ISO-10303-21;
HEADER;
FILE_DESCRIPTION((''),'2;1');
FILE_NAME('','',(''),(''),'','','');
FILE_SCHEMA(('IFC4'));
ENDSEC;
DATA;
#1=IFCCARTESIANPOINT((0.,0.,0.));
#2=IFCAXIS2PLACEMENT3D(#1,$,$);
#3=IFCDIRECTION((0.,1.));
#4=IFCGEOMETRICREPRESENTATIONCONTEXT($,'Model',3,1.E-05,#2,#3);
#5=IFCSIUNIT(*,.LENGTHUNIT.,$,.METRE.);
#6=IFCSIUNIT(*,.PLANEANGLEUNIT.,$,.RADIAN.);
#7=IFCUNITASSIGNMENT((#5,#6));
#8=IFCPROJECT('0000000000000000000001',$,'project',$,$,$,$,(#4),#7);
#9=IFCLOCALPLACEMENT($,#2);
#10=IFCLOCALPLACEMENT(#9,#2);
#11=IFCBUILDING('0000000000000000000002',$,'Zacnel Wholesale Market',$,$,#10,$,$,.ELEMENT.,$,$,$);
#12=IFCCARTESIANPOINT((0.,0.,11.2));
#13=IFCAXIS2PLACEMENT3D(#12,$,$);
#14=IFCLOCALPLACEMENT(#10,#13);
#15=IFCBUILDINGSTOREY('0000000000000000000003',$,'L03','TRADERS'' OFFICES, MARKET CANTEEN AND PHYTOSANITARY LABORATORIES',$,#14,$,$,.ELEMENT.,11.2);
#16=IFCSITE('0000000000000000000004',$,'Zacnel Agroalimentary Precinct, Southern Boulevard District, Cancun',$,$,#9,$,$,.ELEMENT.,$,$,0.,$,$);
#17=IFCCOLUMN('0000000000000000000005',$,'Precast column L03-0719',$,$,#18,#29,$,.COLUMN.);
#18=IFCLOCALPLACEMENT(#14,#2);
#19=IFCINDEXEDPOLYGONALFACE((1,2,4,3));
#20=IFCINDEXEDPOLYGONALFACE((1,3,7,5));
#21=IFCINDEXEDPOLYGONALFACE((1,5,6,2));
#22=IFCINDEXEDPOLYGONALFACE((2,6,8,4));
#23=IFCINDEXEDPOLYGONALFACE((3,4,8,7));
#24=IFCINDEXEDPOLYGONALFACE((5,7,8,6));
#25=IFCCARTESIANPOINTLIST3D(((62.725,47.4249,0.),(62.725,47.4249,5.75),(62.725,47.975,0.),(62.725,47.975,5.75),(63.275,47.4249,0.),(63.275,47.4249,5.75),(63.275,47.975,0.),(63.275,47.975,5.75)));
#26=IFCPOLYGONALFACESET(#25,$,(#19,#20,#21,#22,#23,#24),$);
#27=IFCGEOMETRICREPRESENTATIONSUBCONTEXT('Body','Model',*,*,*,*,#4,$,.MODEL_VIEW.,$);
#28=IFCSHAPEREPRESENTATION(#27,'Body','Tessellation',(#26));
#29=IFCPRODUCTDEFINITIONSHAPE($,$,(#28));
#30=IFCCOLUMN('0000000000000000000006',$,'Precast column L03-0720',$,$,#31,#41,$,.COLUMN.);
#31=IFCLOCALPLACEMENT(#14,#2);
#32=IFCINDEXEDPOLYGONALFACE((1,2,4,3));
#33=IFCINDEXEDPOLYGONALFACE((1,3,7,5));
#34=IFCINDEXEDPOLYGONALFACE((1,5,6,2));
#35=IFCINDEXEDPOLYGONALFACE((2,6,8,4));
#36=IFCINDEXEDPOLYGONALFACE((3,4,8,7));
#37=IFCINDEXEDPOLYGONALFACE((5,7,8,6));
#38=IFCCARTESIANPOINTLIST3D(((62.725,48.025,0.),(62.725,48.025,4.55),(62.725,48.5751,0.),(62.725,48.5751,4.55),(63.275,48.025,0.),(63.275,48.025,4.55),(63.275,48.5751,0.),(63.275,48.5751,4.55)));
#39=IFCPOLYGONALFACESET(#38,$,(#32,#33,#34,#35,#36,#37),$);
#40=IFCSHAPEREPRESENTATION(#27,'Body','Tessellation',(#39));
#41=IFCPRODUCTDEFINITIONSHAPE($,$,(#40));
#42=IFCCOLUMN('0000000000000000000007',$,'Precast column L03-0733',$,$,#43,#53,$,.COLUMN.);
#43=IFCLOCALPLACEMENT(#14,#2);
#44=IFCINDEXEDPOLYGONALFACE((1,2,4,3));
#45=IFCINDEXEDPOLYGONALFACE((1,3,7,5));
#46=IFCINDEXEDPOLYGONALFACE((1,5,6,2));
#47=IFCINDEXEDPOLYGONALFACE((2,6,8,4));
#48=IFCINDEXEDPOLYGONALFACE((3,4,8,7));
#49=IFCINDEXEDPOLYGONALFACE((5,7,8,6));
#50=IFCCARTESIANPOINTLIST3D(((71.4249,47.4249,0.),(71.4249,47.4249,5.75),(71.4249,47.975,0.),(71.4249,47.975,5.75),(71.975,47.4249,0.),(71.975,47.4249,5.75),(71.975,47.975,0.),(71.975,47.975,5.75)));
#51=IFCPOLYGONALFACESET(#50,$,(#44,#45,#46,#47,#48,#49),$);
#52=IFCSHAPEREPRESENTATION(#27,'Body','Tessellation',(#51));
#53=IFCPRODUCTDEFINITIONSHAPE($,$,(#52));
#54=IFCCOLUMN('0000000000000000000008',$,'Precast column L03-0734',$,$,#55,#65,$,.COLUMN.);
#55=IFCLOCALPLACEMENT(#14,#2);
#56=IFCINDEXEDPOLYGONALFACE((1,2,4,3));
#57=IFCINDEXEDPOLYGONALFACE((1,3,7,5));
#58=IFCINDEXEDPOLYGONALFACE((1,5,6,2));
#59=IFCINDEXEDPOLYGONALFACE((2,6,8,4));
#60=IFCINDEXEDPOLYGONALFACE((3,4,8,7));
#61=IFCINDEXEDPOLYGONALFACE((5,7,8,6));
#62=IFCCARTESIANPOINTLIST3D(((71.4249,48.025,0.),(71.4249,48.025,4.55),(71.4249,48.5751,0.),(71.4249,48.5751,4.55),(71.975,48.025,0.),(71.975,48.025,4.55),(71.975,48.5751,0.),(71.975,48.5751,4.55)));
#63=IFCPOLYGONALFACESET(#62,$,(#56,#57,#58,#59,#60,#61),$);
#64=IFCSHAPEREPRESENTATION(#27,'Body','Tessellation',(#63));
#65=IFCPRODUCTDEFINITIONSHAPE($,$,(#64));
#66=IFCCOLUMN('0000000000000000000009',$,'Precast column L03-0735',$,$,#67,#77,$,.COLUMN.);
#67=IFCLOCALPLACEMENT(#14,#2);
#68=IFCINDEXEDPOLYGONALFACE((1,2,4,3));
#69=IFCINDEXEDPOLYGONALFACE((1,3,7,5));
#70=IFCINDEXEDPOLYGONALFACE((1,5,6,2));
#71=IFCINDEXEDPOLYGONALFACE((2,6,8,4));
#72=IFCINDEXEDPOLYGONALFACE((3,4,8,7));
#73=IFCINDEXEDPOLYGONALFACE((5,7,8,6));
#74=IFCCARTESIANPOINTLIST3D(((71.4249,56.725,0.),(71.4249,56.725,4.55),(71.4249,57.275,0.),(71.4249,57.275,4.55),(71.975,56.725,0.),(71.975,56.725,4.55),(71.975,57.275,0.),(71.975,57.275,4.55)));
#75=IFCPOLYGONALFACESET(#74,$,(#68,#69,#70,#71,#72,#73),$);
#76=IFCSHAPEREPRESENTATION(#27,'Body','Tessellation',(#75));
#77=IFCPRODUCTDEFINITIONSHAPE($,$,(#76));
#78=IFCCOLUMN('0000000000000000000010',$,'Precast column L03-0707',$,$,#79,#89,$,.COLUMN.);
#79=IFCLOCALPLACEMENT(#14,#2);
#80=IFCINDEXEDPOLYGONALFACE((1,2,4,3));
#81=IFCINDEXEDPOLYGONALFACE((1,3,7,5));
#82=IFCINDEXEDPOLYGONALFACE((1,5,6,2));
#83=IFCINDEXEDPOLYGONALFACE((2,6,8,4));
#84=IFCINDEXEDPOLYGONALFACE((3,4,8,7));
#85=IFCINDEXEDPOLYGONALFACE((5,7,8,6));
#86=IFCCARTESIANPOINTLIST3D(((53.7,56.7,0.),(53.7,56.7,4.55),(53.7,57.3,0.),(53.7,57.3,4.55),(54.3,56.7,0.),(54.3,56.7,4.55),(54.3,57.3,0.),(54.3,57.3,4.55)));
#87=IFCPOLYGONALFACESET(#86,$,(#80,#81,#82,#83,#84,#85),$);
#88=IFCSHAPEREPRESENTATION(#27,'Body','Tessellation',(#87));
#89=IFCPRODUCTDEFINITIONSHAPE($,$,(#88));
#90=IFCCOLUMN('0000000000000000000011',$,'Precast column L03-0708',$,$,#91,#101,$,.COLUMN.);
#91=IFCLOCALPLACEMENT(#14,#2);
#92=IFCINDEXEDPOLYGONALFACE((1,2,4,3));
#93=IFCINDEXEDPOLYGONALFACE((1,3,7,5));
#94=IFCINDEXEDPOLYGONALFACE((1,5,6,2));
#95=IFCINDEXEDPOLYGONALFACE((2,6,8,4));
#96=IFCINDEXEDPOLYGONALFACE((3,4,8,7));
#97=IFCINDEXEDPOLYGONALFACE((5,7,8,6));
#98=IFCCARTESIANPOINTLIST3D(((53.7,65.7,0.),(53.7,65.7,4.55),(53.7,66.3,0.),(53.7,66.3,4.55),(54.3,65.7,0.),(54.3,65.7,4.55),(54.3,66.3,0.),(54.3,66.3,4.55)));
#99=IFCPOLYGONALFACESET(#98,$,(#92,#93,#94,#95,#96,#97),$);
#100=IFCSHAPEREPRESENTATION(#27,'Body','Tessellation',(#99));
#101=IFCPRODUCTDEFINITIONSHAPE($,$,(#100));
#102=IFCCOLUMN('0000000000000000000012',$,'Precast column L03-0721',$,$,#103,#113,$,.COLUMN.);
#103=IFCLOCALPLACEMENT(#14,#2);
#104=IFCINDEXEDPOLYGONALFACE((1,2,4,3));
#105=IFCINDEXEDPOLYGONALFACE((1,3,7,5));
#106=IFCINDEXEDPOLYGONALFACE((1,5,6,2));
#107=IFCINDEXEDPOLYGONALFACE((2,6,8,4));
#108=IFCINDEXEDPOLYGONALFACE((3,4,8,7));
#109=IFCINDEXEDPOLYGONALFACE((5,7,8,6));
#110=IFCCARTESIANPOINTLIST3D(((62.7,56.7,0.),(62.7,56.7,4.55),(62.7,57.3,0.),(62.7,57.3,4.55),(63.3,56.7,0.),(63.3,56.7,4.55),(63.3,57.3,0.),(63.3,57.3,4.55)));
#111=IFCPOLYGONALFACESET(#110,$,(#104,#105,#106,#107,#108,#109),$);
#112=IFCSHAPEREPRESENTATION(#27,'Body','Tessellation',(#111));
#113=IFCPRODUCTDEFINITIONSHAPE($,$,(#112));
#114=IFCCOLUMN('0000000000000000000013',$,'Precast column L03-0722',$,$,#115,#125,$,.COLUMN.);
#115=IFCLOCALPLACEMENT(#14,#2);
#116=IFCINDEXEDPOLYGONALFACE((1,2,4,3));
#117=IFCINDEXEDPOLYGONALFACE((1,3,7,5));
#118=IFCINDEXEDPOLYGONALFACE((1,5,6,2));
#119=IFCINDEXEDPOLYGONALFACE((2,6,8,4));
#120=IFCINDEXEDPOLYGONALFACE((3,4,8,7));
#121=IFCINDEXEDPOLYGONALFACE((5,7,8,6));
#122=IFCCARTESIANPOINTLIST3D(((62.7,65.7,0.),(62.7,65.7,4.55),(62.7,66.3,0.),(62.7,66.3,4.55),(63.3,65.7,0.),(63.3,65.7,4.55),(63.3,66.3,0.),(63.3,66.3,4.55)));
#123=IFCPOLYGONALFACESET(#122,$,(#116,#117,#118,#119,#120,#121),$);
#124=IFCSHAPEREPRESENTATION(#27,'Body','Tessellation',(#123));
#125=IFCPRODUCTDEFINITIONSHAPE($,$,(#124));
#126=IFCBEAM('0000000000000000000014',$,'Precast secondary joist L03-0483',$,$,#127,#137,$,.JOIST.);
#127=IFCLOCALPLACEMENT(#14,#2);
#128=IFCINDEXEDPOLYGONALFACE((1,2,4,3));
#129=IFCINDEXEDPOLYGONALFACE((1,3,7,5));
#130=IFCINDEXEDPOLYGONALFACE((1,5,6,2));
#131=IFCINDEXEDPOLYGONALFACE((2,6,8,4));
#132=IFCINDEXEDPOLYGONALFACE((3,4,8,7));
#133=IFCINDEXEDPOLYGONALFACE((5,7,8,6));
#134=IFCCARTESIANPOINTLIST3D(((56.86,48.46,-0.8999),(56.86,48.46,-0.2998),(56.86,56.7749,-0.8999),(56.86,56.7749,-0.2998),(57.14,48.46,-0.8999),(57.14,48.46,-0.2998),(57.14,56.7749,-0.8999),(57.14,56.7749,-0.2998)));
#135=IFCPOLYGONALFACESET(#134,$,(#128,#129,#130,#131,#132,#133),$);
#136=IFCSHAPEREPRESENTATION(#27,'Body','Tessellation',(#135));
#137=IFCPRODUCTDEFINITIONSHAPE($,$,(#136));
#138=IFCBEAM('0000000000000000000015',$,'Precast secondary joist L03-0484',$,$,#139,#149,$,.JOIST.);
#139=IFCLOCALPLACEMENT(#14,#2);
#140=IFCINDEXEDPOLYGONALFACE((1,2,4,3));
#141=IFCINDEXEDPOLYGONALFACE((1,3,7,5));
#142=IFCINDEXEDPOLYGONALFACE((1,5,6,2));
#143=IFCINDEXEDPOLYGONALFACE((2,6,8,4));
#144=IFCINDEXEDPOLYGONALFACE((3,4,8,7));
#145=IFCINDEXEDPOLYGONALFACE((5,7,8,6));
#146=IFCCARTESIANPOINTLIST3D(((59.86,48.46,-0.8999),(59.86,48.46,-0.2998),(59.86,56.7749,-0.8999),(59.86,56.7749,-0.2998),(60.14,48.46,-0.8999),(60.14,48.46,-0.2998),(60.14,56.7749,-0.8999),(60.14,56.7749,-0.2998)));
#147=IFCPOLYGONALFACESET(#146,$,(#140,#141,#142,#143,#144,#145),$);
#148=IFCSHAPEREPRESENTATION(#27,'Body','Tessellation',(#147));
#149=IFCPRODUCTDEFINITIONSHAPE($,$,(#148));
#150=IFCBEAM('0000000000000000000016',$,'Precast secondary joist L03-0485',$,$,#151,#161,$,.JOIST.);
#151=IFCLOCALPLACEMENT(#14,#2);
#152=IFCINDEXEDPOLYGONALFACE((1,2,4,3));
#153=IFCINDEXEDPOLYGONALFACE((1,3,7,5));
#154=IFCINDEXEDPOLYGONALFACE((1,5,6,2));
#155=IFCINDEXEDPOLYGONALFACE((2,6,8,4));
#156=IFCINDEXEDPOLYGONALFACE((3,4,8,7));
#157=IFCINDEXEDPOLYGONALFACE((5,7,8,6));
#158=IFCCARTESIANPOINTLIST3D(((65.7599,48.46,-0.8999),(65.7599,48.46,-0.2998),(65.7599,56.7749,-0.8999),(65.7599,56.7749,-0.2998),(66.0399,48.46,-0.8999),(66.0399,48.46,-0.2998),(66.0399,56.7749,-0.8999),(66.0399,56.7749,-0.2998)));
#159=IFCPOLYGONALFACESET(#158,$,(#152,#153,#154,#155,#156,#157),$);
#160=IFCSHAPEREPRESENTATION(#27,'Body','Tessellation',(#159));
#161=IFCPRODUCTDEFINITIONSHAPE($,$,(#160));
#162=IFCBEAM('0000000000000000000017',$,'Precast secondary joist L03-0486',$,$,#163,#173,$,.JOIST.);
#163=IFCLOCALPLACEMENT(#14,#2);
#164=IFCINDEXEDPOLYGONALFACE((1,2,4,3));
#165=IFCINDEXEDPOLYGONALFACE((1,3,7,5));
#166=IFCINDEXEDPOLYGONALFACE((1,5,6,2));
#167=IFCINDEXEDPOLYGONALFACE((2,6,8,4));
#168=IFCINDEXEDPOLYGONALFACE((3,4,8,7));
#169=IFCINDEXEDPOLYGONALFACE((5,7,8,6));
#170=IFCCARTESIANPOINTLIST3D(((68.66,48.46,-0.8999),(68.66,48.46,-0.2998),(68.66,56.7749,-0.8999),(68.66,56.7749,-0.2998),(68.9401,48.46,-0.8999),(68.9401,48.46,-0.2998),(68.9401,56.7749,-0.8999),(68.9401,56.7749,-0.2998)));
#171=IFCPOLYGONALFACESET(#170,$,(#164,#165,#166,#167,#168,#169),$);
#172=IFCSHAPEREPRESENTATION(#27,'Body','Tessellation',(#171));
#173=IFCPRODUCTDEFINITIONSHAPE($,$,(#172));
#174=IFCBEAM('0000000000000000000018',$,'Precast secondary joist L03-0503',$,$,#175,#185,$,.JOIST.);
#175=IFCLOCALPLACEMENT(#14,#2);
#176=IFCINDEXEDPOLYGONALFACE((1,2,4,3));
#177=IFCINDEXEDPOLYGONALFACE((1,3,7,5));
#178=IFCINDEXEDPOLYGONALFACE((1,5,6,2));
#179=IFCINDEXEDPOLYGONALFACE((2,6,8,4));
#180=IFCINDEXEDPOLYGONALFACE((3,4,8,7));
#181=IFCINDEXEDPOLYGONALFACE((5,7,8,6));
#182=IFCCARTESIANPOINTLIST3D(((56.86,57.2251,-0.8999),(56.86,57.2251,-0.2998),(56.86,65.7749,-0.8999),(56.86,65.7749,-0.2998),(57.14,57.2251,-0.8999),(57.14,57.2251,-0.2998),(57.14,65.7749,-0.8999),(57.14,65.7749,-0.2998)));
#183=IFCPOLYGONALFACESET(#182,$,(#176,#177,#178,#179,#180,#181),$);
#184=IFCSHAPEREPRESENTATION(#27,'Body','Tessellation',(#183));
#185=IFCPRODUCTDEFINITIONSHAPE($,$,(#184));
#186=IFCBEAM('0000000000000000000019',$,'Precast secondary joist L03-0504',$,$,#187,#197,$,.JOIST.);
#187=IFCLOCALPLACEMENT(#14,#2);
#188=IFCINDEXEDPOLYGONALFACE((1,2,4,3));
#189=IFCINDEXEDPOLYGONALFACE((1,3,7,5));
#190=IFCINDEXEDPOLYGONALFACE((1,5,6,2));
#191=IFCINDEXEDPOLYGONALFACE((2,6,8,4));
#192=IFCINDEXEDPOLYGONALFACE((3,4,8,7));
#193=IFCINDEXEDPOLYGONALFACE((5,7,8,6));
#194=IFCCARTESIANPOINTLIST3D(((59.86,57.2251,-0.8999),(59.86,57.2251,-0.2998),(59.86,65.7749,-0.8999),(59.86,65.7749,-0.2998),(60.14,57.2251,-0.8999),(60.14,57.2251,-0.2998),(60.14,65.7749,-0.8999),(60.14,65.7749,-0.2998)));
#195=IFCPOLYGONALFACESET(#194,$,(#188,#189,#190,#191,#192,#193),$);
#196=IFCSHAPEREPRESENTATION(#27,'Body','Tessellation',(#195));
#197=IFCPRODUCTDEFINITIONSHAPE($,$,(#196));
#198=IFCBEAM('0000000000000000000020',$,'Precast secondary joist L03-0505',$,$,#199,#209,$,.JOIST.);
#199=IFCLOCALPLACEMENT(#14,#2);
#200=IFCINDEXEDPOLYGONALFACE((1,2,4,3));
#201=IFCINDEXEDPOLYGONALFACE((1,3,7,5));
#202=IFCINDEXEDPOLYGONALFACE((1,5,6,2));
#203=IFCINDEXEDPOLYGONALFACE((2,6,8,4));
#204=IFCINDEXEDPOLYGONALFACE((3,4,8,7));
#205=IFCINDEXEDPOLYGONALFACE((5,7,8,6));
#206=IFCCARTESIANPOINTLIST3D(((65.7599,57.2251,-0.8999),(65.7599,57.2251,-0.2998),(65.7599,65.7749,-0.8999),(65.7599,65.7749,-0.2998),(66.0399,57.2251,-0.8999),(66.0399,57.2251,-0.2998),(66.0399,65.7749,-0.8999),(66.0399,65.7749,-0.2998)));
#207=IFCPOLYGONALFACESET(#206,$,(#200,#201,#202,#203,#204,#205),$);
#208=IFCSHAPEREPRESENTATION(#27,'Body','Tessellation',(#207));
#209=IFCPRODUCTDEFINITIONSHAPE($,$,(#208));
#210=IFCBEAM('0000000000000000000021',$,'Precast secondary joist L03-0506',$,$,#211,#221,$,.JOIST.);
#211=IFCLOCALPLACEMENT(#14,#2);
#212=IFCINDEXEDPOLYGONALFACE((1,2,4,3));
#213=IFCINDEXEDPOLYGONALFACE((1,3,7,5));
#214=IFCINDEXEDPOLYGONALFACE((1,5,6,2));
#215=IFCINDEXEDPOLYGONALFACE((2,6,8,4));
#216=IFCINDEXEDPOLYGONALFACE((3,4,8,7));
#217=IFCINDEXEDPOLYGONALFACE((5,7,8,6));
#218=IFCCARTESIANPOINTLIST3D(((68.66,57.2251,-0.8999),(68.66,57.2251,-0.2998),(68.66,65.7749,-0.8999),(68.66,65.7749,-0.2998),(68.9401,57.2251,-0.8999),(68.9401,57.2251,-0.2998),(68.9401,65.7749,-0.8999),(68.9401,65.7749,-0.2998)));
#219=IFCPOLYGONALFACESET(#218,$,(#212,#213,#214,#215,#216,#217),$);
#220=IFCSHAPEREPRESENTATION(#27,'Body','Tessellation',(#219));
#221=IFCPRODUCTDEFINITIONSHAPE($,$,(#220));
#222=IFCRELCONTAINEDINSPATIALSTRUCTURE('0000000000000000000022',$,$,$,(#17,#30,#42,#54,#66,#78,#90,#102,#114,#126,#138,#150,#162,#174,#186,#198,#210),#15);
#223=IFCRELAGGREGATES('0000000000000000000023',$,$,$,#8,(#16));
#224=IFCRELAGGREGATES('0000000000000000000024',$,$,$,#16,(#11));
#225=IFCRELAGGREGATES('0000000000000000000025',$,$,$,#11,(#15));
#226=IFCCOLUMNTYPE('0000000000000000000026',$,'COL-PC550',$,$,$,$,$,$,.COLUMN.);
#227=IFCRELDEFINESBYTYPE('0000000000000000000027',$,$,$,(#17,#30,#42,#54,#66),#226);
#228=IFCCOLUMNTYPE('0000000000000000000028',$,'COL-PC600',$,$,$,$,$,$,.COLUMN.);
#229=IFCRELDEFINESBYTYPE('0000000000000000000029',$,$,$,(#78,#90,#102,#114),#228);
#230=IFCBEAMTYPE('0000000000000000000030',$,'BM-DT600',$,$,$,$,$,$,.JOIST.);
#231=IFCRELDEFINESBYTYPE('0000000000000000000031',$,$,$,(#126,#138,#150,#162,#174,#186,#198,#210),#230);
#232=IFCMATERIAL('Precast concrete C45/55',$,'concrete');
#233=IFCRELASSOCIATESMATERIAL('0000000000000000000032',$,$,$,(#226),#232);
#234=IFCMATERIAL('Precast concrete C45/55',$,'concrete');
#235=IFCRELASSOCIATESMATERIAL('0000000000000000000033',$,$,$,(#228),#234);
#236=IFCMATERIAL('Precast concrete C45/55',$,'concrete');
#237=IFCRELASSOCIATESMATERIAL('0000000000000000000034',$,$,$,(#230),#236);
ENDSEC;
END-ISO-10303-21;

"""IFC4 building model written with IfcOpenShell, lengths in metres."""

from ifc_helpers import new_model, si_unit, direction, frame, origin, origin_2d, place, context, subcontext, project, spatial, rectangle, extrude, material, material_profile, profile_set, type_object, element, save


model = new_model("IFC4")

# Units and contexts
model_context = context("Model", 3, precision=1e-05, world=origin(), true_north=direction((0.0, 1.0)))
body_context = subcontext(model_context, "Body", "Model", "MODEL_VIEW")
ifc_project = project(units=[si_unit("LENGTHUNIT", "METRE"), si_unit("PLANEANGLEUNIT", "RADIAN")], contexts=[model_context])

# Site, building, storey
site_placement = place(None, origin())
site = spatial("IfcSite", under=ifc_project, at=site_placement, Name="Zacnel Agroalimentary Precinct, Southern Boulevard District, Cancun", CompositionType="ELEMENT", RefElevation=0.0)
building_placement = place(site_placement, origin())
building = spatial("IfcBuilding", under=site, at=building_placement, Name="Zacnel Wholesale Market", CompositionType="ELEMENT")
storey_placement = place(building_placement, frame((0.0, 0.0, 11.2)))
storey = spatial("IfcBuildingStorey", under=building, at=storey_placement, Name="L03", Description="TRADERS' OFFICES, MARKET CANTEEN AND PHYTOSANITARY LABORATORIES", CompositionType="ELEMENT", Elevation=11.2)

# Columns
ifc_material_1 = material(Name="Precast concrete C45/55", Category="concrete")
ifc_material_profile_1 = material_profile(ifc_material_1, rectangle(XDim=0.55, YDim=0.55, at=origin_2d()), Name="PC 550x550")
ifc_profile_set_1 = profile_set([ifc_material_profile_1], Name="Precast concrete C45/55")
column_type_1 = type_object("IfcColumnType", Name="COL-PC550", PredefinedType="COLUMN", material=ifc_profile_set_1)
column_1_placement = place(storey_placement, frame((63.0, 47.7, 0.0), z_axis=(0.0, 0.0, 1.0), x_axis=(1.0, 0.0, 0.0)))
element("IfcColumn", 1, at=column_1_placement, inside=storey, type_object=column_type_1, Name="Precast column L03-0719", PredefinedType="COLUMN", context=body_context, shape_type="SweptSolid", body=[
    extrude(rectangle(XDim=0.55, YDim=0.55, at=origin_2d()), origin(), (0.0, 0.0, 1.0), 5.75),
])
column_2_placement = place(storey_placement, frame((63.0, 48.3, 0.0), z_axis=(0.0, 0.0, 1.0), x_axis=(1.0, 0.0, 0.0)))
element("IfcColumn", 2, at=column_2_placement, inside=storey, type_object=column_type_1, Name="Precast column L03-0720", PredefinedType="COLUMN", context=body_context, shape_type="SweptSolid", body=[
    extrude(rectangle(XDim=0.55, YDim=0.55, at=origin_2d()), origin(), (0.0, 0.0, 1.0), 4.55),
])
column_3_placement = place(storey_placement, frame((71.7, 47.7, 0.0), z_axis=(0.0, 0.0, 1.0), x_axis=(1.0, 0.0, 0.0)))
element("IfcColumn", 3, at=column_3_placement, inside=storey, type_object=column_type_1, Name="Precast column L03-0733", PredefinedType="COLUMN", context=body_context, shape_type="SweptSolid", body=[
    extrude(rectangle(XDim=0.55, YDim=0.55, at=origin_2d()), origin(), (0.0, 0.0, 1.0), 5.75),
])
for number, where, z_axis, x_axis, name in (
    (4, (71.7, 48.3, 0.0), (0.0, 0.0, 1.0), (1.0, 0.0, 0.0), "Precast column L03-0734"),
    (5, (71.7, 57.0, 0.0), (0.0, 0.0, 1.0), (1.0, 0.0, 0.0), "Precast column L03-0735"),
):
    element("IfcColumn", number, at=place(storey_placement, frame(where, z_axis=z_axis, x_axis=x_axis)), inside=storey, type_object=column_type_1, Name=name, PredefinedType="COLUMN", context=body_context, shape_type="SweptSolid", body=[
        extrude(rectangle(XDim=0.55, YDim=0.55, at=origin_2d()), origin(), (0.0, 0.0, 1.0), 4.55),
    ])
ifc_material_2 = material(Name="Precast concrete C45/55", Category="concrete")
ifc_material_profile_2 = material_profile(ifc_material_2, rectangle(XDim=0.6001, YDim=0.6001, at=origin_2d()), Name="PC 600x600")
ifc_profile_set_2 = profile_set([ifc_material_profile_2], Name="Precast concrete C45/55")
column_type_2 = type_object("IfcColumnType", Name="COL-PC600", PredefinedType="COLUMN", material=ifc_profile_set_2)
for number, where, z_axis, x_axis, name in (
    (6, (54.0, 57.0, 0.0), (0.0, 0.0, 1.0), (1.0, 0.0, 0.0), "Precast column L03-0707"),
    (7, (54.0, 66.0, 0.0), (0.0, 0.0, 1.0), (1.0, 0.0, 0.0), "Precast column L03-0708"),
    (8, (63.0, 57.0, 0.0), (0.0, 0.0, 1.0), (1.0, 0.0, 0.0), "Precast column L03-0721"),
    (9, (63.0, 66.0, 0.0), (0.0, 0.0, 1.0), (1.0, 0.0, 0.0), "Precast column L03-0722"),
):
    element("IfcColumn", number, at=place(storey_placement, frame(where, z_axis=z_axis, x_axis=x_axis)), inside=storey, type_object=column_type_2, Name=name, PredefinedType="COLUMN", context=body_context, shape_type="SweptSolid", body=[
        extrude(rectangle(XDim=0.6001, YDim=0.6001, at=origin_2d()), origin(), (0.0, 0.0, 1.0), 4.55),
    ])

# Beams
ifc_material_3 = material(Name="Precast concrete C45/55", Category="concrete")
ifc_material_profile_3 = material_profile(ifc_material_3, rectangle(XDim=0.28, YDim=0.6001, at=origin_2d()), Name="DT RIB 280x600")
ifc_profile_set_3 = profile_set([ifc_material_profile_3], Name="Precast concrete C45/55")
beam_type_1 = type_object("IfcBeamType", Name="BM-DT600", PredefinedType="JOIST", material=ifc_profile_set_3)
for number, where, z_axis, x_axis, name in (
    (10, (57.0, 48.46, -0.5999), (0.0, 1.0, 0.0), (-1.0, 0.0, 0.0), "Precast secondary joist L03-0483"),
    (11, (60.0, 48.46, -0.5999), (0.0, 1.0, 0.0), (-1.0, 0.0, 0.0), "Precast secondary joist L03-0484"),
    (12, (65.8999, 48.46, -0.5999), (0.0, 1.0, 0.0), (-1.0, 0.0, 0.0), "Precast secondary joist L03-0485"),
    (13, (68.8, 48.46, -0.5999), (0.0, 1.0, 0.0), (-1.0, 0.0, 0.0), "Precast secondary joist L03-0486"),
):
    element("IfcBeam", number, at=place(storey_placement, frame(where, z_axis=z_axis, x_axis=x_axis)), inside=storey, type_object=beam_type_1, Name=name, PredefinedType="JOIST", context=body_context, shape_type="SweptSolid", body=[
        extrude(rectangle(XDim=0.28, YDim=0.6001, at=origin_2d()), origin(), (0.0, 0.0, 1.0), 8.3149),
    ])
for number, where, z_axis, x_axis, name in (
    (14, (57.0, 57.2251, -0.5999), (0.0, 1.0, 0.0), (-1.0, 0.0, 0.0), "Precast secondary joist L03-0503"),
    (15, (60.0, 57.2251, -0.5999), (0.0, 1.0, 0.0), (-1.0, 0.0, 0.0), "Precast secondary joist L03-0504"),
    (16, (65.8999, 57.2251, -0.5999), (0.0, 1.0, 0.0), (-1.0, 0.0, 0.0), "Precast secondary joist L03-0505"),
    (17, (68.8, 57.2251, -0.5999), (0.0, 1.0, 0.0), (-1.0, 0.0, 0.0), "Precast secondary joist L03-0506"),
):
    element("IfcBeam", number, at=place(storey_placement, frame(where, z_axis=z_axis, x_axis=x_axis)), inside=storey, type_object=beam_type_1, Name=name, PredefinedType="JOIST", context=body_context, shape_type="SweptSolid", body=[
        extrude(rectangle(XDim=0.28, YDim=0.6001, at=origin_2d()), origin(), (0.0, 0.0, 1.0), 8.5498),
    ])

save(model, "model.ifc")
